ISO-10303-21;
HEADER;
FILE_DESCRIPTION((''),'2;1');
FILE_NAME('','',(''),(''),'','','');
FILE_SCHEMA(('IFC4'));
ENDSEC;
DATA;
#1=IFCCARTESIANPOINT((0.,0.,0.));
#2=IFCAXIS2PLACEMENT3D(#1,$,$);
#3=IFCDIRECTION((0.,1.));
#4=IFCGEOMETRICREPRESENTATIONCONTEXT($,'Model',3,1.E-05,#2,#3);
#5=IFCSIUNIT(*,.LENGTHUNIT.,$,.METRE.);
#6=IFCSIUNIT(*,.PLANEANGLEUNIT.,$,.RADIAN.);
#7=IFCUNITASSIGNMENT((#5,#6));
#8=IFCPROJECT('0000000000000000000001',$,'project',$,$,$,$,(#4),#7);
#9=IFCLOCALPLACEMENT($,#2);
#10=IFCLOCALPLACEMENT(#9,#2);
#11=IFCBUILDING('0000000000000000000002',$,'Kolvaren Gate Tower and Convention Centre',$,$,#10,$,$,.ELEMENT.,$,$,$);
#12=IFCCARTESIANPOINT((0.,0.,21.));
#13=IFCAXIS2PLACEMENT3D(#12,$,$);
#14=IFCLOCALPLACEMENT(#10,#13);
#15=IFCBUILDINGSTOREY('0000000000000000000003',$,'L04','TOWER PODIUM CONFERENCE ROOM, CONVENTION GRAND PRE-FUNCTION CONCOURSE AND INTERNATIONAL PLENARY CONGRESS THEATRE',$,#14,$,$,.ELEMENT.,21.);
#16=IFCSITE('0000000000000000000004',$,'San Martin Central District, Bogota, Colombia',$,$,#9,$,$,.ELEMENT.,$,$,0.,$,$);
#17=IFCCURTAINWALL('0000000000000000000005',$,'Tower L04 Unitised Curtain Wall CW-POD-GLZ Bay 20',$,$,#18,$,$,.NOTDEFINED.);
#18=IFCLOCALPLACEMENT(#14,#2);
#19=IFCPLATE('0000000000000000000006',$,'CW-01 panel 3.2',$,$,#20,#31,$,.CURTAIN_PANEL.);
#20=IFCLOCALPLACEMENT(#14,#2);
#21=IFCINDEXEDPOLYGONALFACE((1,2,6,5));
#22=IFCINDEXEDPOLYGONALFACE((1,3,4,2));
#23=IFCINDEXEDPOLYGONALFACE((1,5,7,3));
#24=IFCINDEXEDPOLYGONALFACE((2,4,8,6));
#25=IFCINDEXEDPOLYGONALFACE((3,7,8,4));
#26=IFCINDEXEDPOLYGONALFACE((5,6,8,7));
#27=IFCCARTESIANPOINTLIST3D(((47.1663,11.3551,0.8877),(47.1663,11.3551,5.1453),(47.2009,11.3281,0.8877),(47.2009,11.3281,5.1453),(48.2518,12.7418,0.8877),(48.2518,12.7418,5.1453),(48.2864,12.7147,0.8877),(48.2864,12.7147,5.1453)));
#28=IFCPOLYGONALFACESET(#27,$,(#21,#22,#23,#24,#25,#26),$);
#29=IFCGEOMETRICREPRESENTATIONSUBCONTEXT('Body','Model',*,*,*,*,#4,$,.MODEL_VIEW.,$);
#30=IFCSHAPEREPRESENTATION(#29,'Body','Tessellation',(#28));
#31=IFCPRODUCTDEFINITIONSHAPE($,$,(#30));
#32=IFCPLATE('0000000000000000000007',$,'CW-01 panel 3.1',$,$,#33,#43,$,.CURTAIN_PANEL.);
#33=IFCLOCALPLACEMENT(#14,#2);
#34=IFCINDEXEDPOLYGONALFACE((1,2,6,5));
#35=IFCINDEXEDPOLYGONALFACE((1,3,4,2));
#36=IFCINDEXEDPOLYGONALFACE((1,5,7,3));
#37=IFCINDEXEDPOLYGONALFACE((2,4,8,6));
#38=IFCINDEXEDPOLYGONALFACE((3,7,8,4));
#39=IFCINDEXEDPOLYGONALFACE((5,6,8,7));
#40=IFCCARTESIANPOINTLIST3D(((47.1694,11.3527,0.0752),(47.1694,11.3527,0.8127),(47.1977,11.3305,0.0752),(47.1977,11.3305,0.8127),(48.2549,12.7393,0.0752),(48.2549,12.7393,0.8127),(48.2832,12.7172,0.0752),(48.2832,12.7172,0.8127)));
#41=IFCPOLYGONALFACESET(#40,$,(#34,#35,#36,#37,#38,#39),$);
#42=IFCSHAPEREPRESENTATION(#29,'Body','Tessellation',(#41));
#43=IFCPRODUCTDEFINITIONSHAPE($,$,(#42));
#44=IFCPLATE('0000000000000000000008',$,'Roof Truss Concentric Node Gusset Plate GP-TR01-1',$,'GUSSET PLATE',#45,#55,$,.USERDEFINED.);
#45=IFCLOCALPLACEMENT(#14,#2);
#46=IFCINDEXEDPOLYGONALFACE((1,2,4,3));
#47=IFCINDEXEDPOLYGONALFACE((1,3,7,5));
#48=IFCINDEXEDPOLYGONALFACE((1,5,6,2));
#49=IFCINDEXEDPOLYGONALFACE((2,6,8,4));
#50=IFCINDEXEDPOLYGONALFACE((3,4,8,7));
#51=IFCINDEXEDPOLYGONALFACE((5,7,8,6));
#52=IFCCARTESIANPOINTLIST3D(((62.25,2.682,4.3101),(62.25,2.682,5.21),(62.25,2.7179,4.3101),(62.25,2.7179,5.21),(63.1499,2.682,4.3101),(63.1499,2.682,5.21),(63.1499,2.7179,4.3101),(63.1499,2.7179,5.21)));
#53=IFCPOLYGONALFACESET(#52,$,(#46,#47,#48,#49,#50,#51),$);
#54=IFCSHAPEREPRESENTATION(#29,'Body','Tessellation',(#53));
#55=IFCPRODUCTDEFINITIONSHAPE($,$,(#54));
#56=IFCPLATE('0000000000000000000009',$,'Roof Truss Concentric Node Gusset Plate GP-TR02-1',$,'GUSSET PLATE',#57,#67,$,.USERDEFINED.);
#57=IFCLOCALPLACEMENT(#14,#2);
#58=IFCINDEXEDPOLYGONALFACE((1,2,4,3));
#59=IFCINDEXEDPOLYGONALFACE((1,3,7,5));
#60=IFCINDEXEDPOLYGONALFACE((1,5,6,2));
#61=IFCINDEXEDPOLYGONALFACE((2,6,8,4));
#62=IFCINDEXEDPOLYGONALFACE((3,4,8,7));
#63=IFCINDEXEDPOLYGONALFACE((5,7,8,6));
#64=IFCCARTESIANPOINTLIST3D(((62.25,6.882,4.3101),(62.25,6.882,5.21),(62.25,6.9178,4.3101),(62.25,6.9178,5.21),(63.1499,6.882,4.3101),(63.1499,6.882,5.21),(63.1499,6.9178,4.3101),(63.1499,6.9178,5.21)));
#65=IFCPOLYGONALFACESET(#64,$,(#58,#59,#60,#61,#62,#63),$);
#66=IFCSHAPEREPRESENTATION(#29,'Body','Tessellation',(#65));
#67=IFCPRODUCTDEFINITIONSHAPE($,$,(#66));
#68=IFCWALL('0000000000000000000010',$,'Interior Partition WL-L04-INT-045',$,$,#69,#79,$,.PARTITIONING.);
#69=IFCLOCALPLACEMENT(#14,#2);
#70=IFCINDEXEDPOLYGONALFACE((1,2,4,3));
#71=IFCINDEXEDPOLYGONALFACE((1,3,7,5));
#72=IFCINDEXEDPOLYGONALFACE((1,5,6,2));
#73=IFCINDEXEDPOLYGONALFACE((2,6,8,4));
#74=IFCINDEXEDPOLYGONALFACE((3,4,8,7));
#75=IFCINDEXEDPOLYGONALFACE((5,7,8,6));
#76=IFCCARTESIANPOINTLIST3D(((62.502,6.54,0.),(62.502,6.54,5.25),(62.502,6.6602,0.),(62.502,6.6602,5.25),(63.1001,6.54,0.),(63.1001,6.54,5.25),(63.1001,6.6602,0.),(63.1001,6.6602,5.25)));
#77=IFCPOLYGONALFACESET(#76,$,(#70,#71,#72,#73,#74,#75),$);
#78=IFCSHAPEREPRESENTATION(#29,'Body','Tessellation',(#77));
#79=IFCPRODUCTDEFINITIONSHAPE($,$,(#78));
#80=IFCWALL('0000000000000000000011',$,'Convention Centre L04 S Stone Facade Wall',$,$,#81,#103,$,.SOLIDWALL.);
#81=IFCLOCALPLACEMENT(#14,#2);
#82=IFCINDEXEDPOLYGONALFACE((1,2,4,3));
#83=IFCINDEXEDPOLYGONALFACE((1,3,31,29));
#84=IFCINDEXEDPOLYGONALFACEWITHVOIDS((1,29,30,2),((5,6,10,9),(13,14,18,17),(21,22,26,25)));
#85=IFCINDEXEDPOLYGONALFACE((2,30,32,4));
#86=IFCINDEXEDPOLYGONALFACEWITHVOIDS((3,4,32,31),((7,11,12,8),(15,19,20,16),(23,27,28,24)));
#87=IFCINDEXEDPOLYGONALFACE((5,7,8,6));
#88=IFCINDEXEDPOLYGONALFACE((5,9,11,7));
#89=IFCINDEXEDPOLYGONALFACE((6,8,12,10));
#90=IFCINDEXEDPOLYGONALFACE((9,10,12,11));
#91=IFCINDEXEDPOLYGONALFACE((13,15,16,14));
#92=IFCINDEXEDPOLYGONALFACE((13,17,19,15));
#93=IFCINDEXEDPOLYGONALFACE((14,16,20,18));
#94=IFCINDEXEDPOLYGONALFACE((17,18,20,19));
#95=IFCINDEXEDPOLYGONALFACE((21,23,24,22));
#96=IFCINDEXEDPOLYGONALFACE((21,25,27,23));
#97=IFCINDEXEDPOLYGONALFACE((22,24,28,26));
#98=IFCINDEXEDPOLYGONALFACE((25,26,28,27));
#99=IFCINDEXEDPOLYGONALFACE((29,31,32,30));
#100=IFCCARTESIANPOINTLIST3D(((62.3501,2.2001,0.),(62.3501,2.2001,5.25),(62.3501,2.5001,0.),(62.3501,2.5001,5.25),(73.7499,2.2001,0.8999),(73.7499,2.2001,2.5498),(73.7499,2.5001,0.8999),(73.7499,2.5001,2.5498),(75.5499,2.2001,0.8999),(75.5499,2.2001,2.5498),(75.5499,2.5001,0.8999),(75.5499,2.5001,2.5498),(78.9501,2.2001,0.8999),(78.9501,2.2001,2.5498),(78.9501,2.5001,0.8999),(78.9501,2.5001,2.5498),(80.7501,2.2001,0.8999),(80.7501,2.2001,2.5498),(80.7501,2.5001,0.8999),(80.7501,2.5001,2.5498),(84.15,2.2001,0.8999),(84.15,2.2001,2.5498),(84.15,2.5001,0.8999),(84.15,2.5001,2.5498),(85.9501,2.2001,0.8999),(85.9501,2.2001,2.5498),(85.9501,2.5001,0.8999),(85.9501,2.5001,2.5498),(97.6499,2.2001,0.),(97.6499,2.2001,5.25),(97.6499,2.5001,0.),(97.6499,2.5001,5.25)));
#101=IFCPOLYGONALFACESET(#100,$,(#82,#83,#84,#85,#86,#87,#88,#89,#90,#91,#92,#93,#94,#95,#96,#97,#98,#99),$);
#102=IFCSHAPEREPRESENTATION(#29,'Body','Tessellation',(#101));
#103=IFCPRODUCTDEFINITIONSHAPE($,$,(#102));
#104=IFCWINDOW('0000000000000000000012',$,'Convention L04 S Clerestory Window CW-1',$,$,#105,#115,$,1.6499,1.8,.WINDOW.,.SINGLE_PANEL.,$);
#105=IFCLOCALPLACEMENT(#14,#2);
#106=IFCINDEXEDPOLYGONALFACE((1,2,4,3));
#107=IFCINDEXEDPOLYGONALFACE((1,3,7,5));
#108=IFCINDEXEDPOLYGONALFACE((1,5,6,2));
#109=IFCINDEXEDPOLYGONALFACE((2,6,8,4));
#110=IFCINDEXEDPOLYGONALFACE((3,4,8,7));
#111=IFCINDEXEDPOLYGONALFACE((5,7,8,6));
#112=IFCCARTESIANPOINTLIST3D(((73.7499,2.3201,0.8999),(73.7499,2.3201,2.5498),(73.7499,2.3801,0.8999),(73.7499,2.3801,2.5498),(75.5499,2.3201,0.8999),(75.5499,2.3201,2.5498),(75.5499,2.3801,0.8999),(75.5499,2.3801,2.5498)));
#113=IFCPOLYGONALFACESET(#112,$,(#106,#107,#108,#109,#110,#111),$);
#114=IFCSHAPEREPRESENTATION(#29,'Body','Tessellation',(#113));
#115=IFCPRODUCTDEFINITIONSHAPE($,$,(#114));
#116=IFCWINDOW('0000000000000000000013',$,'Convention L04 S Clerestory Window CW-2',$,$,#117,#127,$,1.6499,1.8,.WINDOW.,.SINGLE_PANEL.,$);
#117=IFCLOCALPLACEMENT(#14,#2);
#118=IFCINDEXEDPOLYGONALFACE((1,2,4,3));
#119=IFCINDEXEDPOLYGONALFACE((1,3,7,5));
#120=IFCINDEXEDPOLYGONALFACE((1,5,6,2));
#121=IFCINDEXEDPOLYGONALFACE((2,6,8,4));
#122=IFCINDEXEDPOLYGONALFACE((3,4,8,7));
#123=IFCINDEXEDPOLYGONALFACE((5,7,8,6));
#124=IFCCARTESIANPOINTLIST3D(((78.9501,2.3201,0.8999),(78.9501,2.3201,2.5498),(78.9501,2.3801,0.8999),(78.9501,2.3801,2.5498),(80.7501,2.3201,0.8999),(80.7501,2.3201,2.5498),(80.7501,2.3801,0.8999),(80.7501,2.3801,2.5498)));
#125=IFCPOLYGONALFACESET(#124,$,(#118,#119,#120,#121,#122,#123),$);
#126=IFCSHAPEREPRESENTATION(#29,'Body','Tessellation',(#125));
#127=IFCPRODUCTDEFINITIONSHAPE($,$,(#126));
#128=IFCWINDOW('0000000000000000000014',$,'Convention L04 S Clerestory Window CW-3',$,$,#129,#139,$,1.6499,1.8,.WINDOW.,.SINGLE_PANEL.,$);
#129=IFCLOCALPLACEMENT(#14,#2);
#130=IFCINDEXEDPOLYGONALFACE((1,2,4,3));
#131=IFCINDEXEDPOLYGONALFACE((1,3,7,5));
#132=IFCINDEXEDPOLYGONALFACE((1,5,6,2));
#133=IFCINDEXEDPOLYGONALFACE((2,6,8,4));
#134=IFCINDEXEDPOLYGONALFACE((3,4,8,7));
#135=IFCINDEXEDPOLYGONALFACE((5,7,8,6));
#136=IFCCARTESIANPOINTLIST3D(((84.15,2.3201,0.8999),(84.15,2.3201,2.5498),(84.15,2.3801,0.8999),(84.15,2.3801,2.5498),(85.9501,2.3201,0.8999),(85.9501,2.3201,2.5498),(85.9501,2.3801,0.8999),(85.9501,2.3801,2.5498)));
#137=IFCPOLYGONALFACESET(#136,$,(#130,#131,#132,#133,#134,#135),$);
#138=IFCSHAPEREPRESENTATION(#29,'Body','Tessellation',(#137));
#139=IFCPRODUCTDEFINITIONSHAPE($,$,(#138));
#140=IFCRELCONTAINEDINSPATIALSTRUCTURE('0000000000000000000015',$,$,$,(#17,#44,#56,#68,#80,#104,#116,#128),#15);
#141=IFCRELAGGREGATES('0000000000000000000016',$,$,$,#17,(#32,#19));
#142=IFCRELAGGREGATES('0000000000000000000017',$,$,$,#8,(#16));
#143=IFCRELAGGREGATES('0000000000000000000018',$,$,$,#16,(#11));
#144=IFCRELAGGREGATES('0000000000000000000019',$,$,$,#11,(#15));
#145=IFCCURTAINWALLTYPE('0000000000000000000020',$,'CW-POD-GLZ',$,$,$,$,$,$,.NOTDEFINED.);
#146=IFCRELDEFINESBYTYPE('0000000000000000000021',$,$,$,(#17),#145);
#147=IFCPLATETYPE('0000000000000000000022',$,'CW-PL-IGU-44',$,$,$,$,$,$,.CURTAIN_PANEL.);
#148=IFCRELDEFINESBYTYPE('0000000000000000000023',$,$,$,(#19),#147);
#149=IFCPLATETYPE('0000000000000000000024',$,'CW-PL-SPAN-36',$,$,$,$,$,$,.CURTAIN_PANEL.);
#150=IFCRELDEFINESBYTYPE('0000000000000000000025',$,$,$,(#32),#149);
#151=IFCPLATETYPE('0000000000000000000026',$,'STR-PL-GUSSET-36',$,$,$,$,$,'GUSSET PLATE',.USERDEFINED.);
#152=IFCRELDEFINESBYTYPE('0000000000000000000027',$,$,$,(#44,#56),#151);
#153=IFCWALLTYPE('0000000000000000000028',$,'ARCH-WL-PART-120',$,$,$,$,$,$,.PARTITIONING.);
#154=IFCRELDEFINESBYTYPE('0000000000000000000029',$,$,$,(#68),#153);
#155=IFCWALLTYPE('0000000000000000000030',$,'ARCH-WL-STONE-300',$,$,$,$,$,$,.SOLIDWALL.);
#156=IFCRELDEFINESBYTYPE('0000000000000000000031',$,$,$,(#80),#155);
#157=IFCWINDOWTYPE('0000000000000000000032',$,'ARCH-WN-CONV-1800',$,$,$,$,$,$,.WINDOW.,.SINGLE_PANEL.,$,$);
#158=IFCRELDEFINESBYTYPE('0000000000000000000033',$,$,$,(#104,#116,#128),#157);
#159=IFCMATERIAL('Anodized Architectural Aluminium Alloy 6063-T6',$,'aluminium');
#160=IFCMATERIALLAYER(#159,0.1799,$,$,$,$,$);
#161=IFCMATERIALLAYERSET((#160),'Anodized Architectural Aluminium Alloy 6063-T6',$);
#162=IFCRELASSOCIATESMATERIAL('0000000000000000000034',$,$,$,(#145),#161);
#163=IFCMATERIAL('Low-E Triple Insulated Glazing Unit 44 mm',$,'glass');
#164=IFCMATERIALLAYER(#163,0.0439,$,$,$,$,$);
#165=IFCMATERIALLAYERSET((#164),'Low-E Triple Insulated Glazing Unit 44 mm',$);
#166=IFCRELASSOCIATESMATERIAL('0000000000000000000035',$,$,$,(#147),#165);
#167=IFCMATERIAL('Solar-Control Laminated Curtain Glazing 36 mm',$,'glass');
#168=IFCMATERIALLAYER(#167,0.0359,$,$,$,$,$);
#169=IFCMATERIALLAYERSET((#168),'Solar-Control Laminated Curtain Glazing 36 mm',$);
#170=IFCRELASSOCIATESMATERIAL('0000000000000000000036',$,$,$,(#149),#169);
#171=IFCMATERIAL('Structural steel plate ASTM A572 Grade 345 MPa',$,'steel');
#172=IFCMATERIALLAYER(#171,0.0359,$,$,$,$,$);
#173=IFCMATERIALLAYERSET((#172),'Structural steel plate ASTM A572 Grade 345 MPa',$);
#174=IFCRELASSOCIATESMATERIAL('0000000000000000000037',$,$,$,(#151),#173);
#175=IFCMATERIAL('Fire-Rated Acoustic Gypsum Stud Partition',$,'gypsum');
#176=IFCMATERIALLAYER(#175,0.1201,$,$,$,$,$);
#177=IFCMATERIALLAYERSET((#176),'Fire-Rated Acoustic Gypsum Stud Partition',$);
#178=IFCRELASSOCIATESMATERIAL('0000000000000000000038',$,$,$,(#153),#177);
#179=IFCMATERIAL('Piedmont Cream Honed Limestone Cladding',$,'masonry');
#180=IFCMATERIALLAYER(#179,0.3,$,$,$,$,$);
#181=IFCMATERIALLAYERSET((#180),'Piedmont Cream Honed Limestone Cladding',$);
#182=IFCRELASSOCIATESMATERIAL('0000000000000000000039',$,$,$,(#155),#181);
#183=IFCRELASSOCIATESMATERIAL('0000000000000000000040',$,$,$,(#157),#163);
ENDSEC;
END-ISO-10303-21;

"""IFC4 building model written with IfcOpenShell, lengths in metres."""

from ifc_helpers import new_model, si_unit, direction, frame, frame_2d, origin, origin_2d, place, context, subcontext, project, spatial, rectangle, extrude, material, layer, layer_set, type_object, element, fill, aggregate, save


model = new_model("IFC4")

# Units and contexts
model_context = context("Model", 3, precision=1e-05, world=origin(), true_north=direction((0.0, 1.0)))
body_context = subcontext(model_context, "Body", "Model", "MODEL_VIEW")
ifc_project = project(units=[si_unit("LENGTHUNIT", "METRE"), si_unit("PLANEANGLEUNIT", "RADIAN")], contexts=[model_context])

# Site, building, storey
site_placement = place(None, origin())
site = spatial("IfcSite", under=ifc_project, at=site_placement, Name="San Martin Central District, Bogota, Colombia", CompositionType="ELEMENT", RefElevation=0.0)
building_placement = place(site_placement, origin())
building = spatial("IfcBuilding", under=site, at=building_placement, Name="Kolvaren Gate Tower and Convention Centre", CompositionType="ELEMENT")
storey_placement = place(building_placement, frame((0.0, 0.0, 21.0)))
storey = spatial("IfcBuildingStorey", under=building, at=storey_placement, Name="L04", Description="TOWER PODIUM CONFERENCE ROOM, CONVENTION GRAND PRE-FUNCTION CONCOURSE AND INTERNATIONAL PLENARY CONGRESS THEATRE", CompositionType="ELEMENT", Elevation=21.0)

# Curtain wall
ifc_material_1 = material(Name="Anodized Architectural Aluminium Alloy 6063-T6", Category="aluminium")
ifc_layer_1 = layer(ifc_material_1, 0.1799)
ifc_layer_set_1 = layer_set([ifc_layer_1], Name="Anodized Architectural Aluminium Alloy 6063-T6")
curtain_wall_type = type_object("IfcCurtainWallType", Name="CW-POD-GLZ", PredefinedType="NOTDEFINED", material=ifc_layer_set_1)
curtain_wall_1_placement = place(storey_placement, origin())
curtain_wall_1 = element("IfcCurtainWall", 1, at=curtain_wall_1_placement, inside=storey, type_object=curtain_wall_type, Name="Tower L04 Unitised Curtain Wall CW-POD-GLZ Bay 20", PredefinedType="NOTDEFINED")

# Plates
ifc_material_2 = material(Name="Low-E Triple Insulated Glazing Unit 44 mm", Category="glass")
ifc_layer_2 = layer(ifc_material_2, 0.0439)
ifc_layer_set_2 = layer_set([ifc_layer_2], Name="Low-E Triple Insulated Glazing Unit 44 mm")
plate_type_1 = type_object("IfcPlateType", Name="CW-PL-IGU-44", PredefinedType="CURTAIN_PANEL", material=ifc_layer_set_2)
plate_1_placement = place(storey_placement, frame((47.7263, 12.0349, 0.8877), z_axis=(0.0, 0.0, 1.0), x_axis=(0.616426, 0.787413, 0.0)))
plate_1 = element("IfcPlate", 2, at=plate_1_placement, type_object=plate_type_1, Name="CW-01 panel 3.2", PredefinedType="CURTAIN_PANEL", context=body_context, shape_type="SweptSolid", body=[
    extrude(rectangle(XDim=1.761, YDim=0.0439, at=origin_2d()), origin(), (0.0, 0.0, 1.0), 4.2576),
])
ifc_material_3 = material(Name="Solar-Control Laminated Curtain Glazing 36 mm", Category="glass")
ifc_layer_3 = layer(ifc_material_3, 0.0359)
ifc_layer_set_3 = layer_set([ifc_layer_3], Name="Solar-Control Laminated Curtain Glazing 36 mm")
plate_type_2 = type_object("IfcPlateType", Name="CW-PL-SPAN-36", PredefinedType="CURTAIN_PANEL", material=ifc_layer_set_3)
plate_2_placement = place(storey_placement, frame((47.7263, 12.0349, 0.0752), z_axis=(0.0, 0.0, 1.0), x_axis=(0.616426, 0.787413, 0.0)))
plate_2 = element("IfcPlate", 3, at=plate_2_placement, type_object=plate_type_2, Name="CW-01 panel 3.1", PredefinedType="CURTAIN_PANEL", context=body_context, shape_type="SweptSolid", body=[
    extrude(rectangle(XDim=1.761, YDim=0.0359, at=origin_2d()), origin(), (0.0, 0.0, 1.0), 0.7375),
])
aggregate(curtain_wall_1, [plate_2, plate_1])

# Plates
ifc_material_4 = material(Name="Structural steel plate ASTM A572 Grade 345 MPa", Category="steel")
ifc_layer_4 = layer(ifc_material_4, 0.0359)
ifc_layer_set_4 = layer_set([ifc_layer_4], Name="Structural steel plate ASTM A572 Grade 345 MPa")
plate_type_3 = type_object("IfcPlateType", Name="STR-PL-GUSSET-36", ElementType="GUSSET PLATE", PredefinedType="USERDEFINED", material=ifc_layer_set_4)
for number, where, z_axis, x_axis, name in (
    (4, (62.7, 2.7, 4.3101), (0.0, 0.0, 1.0), (1.0, 0.0, 0.0), "Roof Truss Concentric Node Gusset Plate GP-TR01-1"),
    (5, (62.7, 6.8999, 4.3101), (0.0, 0.0, 1.0), (1.0, 0.0, 0.0), "Roof Truss Concentric Node Gusset Plate GP-TR02-1"),
):
    element("IfcPlate", number, at=place(storey_placement, frame(where, z_axis=z_axis, x_axis=x_axis)), inside=storey, type_object=plate_type_3, Name=name, ObjectType="GUSSET PLATE", PredefinedType="USERDEFINED", context=body_context, shape_type="SweptSolid", body=[
        extrude(rectangle(XDim=0.8999, YDim=0.0359, at=origin_2d()), origin(), (0.0, 0.0, 1.0), 0.8999),
    ])

# Wall
ifc_material_5 = material(Name="Fire-Rated Acoustic Gypsum Stud Partition", Category="gypsum")
ifc_layer_5 = layer(ifc_material_5, 0.1201)
ifc_layer_set_5 = layer_set([ifc_layer_5], Name="Fire-Rated Acoustic Gypsum Stud Partition")
wall_type_1 = type_object("IfcWallType", Name="ARCH-WL-PART-120", PredefinedType="PARTITIONING", material=ifc_layer_set_5)
wall_1_placement = place(storey_placement, frame((62.502, 6.6001, 0.0), z_axis=(0.0, 0.0, 1.0), x_axis=(1.0, 0.0, 0.0)))
element("IfcWall", 6, at=wall_1_placement, inside=storey, type_object=wall_type_1, Name="Interior Partition WL-L04-INT-045", PredefinedType="PARTITIONING", context=body_context, shape_type="SweptSolid", body=[
    extrude(rectangle(XDim=0.5981, YDim=0.1201, at=frame_2d((0.2991, 0.0))), origin(), (0.0, 0.0, 1.0), 5.25),
])

# Wall, openings, windows
ifc_material_6 = material(Name="Piedmont Cream Honed Limestone Cladding", Category="masonry")
ifc_layer_6 = layer(ifc_material_6, 0.3)
ifc_layer_set_6 = layer_set([ifc_layer_6], Name="Piedmont Cream Honed Limestone Cladding")
wall_type_2 = type_object("IfcWallType", Name="ARCH-WL-STONE-300", PredefinedType="SOLIDWALL", material=ifc_layer_set_6)
wall_2_placement = place(storey_placement, frame((62.3501, 2.3501, 0.0), z_axis=(0.0, 0.0, 1.0), x_axis=(1.0, 0.0, 0.0)))
wall_2 = element("IfcWall", 7, at=wall_2_placement, inside=storey, type_object=wall_type_2, Name="Convention Centre L04 S Stone Facade Wall", PredefinedType="SOLIDWALL", context=body_context, shape_type="SweptSolid", body=[
    extrude(rectangle(XDim=35.2998, YDim=0.3, at=frame_2d((17.6499, 0.0))), origin(), (0.0, 0.0, 1.0), 5.25),
])
opening_1_placement = place(wall_2_placement, frame((11.3999, 0.0, 0.8999)))
opening_1 = element("IfcOpeningElement", 8, at=opening_1_placement, cuts=wall_2, PredefinedType="OPENING", context=body_context, shape_type="SweptSolid", body=[
    extrude(rectangle(XDim=1.8, YDim=1.6499, at=frame_2d((0.8999, 0.825))), frame((0.0, 0.1599, 0.0), z_axis=(0.0, -1.0, 0.0), x_axis=(1.0, 0.0, 0.0)), (0.0, 0.0, 1.0), 0.3201),
])
opening_2_placement = place(wall_2_placement, frame((16.6001, 0.0, 0.8999)))
opening_2 = element("IfcOpeningElement", 9, at=opening_2_placement, cuts=wall_2, PredefinedType="OPENING", context=body_context, shape_type="SweptSolid", body=[
    extrude(rectangle(XDim=1.8, YDim=1.6499, at=frame_2d((0.8999, 0.825))), frame((0.0, 0.1599, 0.0), z_axis=(0.0, -1.0, 0.0), x_axis=(1.0, 0.0, 0.0)), (0.0, 0.0, 1.0), 0.3201),
])
opening_3_placement = place(wall_2_placement, frame((21.8, 0.0, 0.8999)))
opening_3 = element("IfcOpeningElement", 10, at=opening_3_placement, cuts=wall_2, PredefinedType="OPENING", context=body_context, shape_type="SweptSolid", body=[
    extrude(rectangle(XDim=1.8, YDim=1.6499, at=frame_2d((0.8999, 0.825))), frame((0.0, 0.1599, 0.0), z_axis=(0.0, -1.0, 0.0), x_axis=(1.0, 0.0, 0.0)), (0.0, 0.0, 1.0), 0.3201),
])
window_type = type_object("IfcWindowType", Name="ARCH-WN-CONV-1800", PartitioningType="SINGLE_PANEL", PredefinedType="WINDOW", material=ifc_material_2)
window_1_placement = place(opening_1_placement, origin())
window_1 = element("IfcWindow", 11, at=window_1_placement, inside=storey, type_object=window_type, Name="Convention L04 S Clerestory Window CW-1", OverallHeight=1.6499, OverallWidth=1.8, PartitioningType="SINGLE_PANEL", PredefinedType="WINDOW", context=body_context, shape_type="SweptSolid", body=[
    extrude(rectangle(XDim=1.8, YDim=1.6499, at=frame_2d((0.8999, 0.825))), frame((0.0, 0.03, 0.0), z_axis=(0.0, -1.0, 0.0), x_axis=(1.0, 0.0, 0.0)), (0.0, 0.0, 1.0), 0.0601),
])
fill(opening_1, window_1)
window_2_placement = place(opening_2_placement, origin())
window_2 = element("IfcWindow", 12, at=window_2_placement, inside=storey, type_object=window_type, Name="Convention L04 S Clerestory Window CW-2", OverallHeight=1.6499, OverallWidth=1.8, PartitioningType="SINGLE_PANEL", PredefinedType="WINDOW", context=body_context, shape_type="SweptSolid", body=[
    extrude(rectangle(XDim=1.8, YDim=1.6499, at=frame_2d((0.8999, 0.825))), frame((0.0, 0.03, 0.0), z_axis=(0.0, -1.0, 0.0), x_axis=(1.0, 0.0, 0.0)), (0.0, 0.0, 1.0), 0.0601),
])
fill(opening_2, window_2)
window_3_placement = place(opening_3_placement, origin())
window_3 = element("IfcWindow", 13, at=window_3_placement, inside=storey, type_object=window_type, Name="Convention L04 S Clerestory Window CW-3", OverallHeight=1.6499, OverallWidth=1.8, PartitioningType="SINGLE_PANEL", PredefinedType="WINDOW", context=body_context, shape_type="SweptSolid", body=[
    extrude(rectangle(XDim=1.8, YDim=1.6499, at=frame_2d((0.8999, 0.825))), frame((0.0, 0.03, 0.0), z_axis=(0.0, -1.0, 0.0), x_axis=(1.0, 0.0, 0.0)), (0.0, 0.0, 1.0), 0.0601),
])
fill(opening_3, window_3)

save(model, "model.ifc")
